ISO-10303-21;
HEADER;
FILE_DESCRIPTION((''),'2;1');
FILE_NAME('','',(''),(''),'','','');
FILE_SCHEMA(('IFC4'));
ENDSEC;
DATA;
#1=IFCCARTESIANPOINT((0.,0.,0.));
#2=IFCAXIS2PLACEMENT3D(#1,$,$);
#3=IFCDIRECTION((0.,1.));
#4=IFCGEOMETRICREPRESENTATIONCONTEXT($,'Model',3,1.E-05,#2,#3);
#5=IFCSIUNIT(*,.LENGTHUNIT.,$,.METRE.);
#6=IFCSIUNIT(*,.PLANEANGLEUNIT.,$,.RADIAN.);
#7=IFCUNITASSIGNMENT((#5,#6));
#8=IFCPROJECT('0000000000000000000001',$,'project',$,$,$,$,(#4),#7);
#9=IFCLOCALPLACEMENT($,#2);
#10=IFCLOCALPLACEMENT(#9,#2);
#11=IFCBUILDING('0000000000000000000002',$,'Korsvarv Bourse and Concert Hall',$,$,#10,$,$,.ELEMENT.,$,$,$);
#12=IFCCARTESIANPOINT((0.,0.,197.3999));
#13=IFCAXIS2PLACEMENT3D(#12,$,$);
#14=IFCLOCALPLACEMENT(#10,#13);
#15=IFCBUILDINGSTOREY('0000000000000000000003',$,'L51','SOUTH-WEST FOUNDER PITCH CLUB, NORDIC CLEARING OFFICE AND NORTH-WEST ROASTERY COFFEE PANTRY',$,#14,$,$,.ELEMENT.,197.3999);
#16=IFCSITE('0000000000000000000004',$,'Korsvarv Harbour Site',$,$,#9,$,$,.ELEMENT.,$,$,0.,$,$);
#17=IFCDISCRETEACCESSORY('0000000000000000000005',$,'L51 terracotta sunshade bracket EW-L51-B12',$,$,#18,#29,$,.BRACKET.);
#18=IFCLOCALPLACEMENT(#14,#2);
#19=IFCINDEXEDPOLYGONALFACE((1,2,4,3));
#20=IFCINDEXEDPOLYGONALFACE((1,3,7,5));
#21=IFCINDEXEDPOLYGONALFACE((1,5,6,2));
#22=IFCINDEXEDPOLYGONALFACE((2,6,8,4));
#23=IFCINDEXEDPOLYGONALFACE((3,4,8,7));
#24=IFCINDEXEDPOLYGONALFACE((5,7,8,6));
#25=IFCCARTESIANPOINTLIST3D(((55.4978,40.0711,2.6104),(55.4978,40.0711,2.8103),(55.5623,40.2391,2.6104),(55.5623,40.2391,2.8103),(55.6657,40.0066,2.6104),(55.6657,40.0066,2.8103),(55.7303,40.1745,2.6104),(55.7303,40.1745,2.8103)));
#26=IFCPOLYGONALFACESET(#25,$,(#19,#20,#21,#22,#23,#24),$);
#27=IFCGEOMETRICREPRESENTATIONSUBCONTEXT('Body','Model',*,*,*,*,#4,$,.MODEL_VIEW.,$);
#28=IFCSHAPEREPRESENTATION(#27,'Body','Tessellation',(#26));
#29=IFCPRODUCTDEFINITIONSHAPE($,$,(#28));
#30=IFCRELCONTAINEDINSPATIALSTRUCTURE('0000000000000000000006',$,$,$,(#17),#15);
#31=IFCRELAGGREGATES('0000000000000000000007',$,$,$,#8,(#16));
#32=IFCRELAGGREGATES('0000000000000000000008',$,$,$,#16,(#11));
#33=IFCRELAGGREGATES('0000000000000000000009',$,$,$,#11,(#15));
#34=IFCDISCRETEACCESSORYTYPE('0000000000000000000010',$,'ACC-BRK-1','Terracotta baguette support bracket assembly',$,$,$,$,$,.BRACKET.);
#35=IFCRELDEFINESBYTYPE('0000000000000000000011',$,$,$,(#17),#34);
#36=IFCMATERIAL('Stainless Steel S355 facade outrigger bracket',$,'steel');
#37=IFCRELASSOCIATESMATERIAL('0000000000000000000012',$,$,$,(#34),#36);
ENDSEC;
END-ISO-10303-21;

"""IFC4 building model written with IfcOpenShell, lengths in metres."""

from ifc_helpers import new_model, si_unit, direction, frame, origin, origin_2d, place, context, subcontext, project, spatial, rectangle, extrude, source, transform, mapped, material, type_object, element, save


model = new_model("IFC4")

# Units and contexts
model_context = context("Model", 3, precision=1e-05, world=origin(), true_north=direction((0.0, 1.0)))
body_context = subcontext(model_context, "Body", "Model", "MODEL_VIEW")
ifc_project = project(units=[si_unit("LENGTHUNIT", "METRE"), si_unit("PLANEANGLEUNIT", "RADIAN")], contexts=[model_context])

# Site, building, storey
site_placement = place(None, origin())
site = spatial("IfcSite", under=ifc_project, at=site_placement, Name="Korsvarv Harbour Site", CompositionType="ELEMENT", RefElevation=0.0)
building_placement = place(site_placement, origin())
building = spatial("IfcBuilding", under=site, at=building_placement, Name="Korsvarv Bourse and Concert Hall", CompositionType="ELEMENT")
storey_placement = place(building_placement, frame((0.0, 0.0, 197.3999)))
storey = spatial("IfcBuildingStorey", under=building, at=storey_placement, Name="L51", Description="SOUTH-WEST FOUNDER PITCH CLUB, NORDIC CLEARING OFFICE AND NORTH-WEST ROASTERY COFFEE PANTRY", CompositionType="ELEMENT", Elevation=197.3999)

# Discrete accessory
ifc_material_1 = material(Name="Stainless Steel S355 facade outrigger bracket", Category="steel")
discrete_accessory_type = type_object("IfcDiscreteAccessoryType", Name="ACC-BRK-1", Description="Terracotta baguette support bracket assembly", PredefinedType="BRACKET", material=ifc_material_1)
shared_shape_1 = source(origin(), body_context, "Body", "SweptSolid", [
    extrude(rectangle(XDim=0.1799, YDim=0.1799, at=origin_2d()), origin(), (0.0, 0.0, 1.0), 0.2),
])
for number, where, z_axis, x_axis, name in (
    (1, (55.614, 40.1228, 2.6104), (0.0, 0.0, 1.0), (0.358694, 0.933455, 0.0), "L51 terracotta sunshade bracket EW-L51-B12"),
):
    element("IfcDiscreteAccessory", number, at=place(storey_placement, frame(where, z_axis=z_axis, x_axis=x_axis)), inside=storey, type_object=discrete_accessory_type, Name=name, PredefinedType="BRACKET", context=body_context, shape_type="MappedRepresentation", body=[
        mapped(shared_shape_1, transform((0.0, 0.0, 0.0), scale=1.0)),
    ])

save(model, "model.ifc")
